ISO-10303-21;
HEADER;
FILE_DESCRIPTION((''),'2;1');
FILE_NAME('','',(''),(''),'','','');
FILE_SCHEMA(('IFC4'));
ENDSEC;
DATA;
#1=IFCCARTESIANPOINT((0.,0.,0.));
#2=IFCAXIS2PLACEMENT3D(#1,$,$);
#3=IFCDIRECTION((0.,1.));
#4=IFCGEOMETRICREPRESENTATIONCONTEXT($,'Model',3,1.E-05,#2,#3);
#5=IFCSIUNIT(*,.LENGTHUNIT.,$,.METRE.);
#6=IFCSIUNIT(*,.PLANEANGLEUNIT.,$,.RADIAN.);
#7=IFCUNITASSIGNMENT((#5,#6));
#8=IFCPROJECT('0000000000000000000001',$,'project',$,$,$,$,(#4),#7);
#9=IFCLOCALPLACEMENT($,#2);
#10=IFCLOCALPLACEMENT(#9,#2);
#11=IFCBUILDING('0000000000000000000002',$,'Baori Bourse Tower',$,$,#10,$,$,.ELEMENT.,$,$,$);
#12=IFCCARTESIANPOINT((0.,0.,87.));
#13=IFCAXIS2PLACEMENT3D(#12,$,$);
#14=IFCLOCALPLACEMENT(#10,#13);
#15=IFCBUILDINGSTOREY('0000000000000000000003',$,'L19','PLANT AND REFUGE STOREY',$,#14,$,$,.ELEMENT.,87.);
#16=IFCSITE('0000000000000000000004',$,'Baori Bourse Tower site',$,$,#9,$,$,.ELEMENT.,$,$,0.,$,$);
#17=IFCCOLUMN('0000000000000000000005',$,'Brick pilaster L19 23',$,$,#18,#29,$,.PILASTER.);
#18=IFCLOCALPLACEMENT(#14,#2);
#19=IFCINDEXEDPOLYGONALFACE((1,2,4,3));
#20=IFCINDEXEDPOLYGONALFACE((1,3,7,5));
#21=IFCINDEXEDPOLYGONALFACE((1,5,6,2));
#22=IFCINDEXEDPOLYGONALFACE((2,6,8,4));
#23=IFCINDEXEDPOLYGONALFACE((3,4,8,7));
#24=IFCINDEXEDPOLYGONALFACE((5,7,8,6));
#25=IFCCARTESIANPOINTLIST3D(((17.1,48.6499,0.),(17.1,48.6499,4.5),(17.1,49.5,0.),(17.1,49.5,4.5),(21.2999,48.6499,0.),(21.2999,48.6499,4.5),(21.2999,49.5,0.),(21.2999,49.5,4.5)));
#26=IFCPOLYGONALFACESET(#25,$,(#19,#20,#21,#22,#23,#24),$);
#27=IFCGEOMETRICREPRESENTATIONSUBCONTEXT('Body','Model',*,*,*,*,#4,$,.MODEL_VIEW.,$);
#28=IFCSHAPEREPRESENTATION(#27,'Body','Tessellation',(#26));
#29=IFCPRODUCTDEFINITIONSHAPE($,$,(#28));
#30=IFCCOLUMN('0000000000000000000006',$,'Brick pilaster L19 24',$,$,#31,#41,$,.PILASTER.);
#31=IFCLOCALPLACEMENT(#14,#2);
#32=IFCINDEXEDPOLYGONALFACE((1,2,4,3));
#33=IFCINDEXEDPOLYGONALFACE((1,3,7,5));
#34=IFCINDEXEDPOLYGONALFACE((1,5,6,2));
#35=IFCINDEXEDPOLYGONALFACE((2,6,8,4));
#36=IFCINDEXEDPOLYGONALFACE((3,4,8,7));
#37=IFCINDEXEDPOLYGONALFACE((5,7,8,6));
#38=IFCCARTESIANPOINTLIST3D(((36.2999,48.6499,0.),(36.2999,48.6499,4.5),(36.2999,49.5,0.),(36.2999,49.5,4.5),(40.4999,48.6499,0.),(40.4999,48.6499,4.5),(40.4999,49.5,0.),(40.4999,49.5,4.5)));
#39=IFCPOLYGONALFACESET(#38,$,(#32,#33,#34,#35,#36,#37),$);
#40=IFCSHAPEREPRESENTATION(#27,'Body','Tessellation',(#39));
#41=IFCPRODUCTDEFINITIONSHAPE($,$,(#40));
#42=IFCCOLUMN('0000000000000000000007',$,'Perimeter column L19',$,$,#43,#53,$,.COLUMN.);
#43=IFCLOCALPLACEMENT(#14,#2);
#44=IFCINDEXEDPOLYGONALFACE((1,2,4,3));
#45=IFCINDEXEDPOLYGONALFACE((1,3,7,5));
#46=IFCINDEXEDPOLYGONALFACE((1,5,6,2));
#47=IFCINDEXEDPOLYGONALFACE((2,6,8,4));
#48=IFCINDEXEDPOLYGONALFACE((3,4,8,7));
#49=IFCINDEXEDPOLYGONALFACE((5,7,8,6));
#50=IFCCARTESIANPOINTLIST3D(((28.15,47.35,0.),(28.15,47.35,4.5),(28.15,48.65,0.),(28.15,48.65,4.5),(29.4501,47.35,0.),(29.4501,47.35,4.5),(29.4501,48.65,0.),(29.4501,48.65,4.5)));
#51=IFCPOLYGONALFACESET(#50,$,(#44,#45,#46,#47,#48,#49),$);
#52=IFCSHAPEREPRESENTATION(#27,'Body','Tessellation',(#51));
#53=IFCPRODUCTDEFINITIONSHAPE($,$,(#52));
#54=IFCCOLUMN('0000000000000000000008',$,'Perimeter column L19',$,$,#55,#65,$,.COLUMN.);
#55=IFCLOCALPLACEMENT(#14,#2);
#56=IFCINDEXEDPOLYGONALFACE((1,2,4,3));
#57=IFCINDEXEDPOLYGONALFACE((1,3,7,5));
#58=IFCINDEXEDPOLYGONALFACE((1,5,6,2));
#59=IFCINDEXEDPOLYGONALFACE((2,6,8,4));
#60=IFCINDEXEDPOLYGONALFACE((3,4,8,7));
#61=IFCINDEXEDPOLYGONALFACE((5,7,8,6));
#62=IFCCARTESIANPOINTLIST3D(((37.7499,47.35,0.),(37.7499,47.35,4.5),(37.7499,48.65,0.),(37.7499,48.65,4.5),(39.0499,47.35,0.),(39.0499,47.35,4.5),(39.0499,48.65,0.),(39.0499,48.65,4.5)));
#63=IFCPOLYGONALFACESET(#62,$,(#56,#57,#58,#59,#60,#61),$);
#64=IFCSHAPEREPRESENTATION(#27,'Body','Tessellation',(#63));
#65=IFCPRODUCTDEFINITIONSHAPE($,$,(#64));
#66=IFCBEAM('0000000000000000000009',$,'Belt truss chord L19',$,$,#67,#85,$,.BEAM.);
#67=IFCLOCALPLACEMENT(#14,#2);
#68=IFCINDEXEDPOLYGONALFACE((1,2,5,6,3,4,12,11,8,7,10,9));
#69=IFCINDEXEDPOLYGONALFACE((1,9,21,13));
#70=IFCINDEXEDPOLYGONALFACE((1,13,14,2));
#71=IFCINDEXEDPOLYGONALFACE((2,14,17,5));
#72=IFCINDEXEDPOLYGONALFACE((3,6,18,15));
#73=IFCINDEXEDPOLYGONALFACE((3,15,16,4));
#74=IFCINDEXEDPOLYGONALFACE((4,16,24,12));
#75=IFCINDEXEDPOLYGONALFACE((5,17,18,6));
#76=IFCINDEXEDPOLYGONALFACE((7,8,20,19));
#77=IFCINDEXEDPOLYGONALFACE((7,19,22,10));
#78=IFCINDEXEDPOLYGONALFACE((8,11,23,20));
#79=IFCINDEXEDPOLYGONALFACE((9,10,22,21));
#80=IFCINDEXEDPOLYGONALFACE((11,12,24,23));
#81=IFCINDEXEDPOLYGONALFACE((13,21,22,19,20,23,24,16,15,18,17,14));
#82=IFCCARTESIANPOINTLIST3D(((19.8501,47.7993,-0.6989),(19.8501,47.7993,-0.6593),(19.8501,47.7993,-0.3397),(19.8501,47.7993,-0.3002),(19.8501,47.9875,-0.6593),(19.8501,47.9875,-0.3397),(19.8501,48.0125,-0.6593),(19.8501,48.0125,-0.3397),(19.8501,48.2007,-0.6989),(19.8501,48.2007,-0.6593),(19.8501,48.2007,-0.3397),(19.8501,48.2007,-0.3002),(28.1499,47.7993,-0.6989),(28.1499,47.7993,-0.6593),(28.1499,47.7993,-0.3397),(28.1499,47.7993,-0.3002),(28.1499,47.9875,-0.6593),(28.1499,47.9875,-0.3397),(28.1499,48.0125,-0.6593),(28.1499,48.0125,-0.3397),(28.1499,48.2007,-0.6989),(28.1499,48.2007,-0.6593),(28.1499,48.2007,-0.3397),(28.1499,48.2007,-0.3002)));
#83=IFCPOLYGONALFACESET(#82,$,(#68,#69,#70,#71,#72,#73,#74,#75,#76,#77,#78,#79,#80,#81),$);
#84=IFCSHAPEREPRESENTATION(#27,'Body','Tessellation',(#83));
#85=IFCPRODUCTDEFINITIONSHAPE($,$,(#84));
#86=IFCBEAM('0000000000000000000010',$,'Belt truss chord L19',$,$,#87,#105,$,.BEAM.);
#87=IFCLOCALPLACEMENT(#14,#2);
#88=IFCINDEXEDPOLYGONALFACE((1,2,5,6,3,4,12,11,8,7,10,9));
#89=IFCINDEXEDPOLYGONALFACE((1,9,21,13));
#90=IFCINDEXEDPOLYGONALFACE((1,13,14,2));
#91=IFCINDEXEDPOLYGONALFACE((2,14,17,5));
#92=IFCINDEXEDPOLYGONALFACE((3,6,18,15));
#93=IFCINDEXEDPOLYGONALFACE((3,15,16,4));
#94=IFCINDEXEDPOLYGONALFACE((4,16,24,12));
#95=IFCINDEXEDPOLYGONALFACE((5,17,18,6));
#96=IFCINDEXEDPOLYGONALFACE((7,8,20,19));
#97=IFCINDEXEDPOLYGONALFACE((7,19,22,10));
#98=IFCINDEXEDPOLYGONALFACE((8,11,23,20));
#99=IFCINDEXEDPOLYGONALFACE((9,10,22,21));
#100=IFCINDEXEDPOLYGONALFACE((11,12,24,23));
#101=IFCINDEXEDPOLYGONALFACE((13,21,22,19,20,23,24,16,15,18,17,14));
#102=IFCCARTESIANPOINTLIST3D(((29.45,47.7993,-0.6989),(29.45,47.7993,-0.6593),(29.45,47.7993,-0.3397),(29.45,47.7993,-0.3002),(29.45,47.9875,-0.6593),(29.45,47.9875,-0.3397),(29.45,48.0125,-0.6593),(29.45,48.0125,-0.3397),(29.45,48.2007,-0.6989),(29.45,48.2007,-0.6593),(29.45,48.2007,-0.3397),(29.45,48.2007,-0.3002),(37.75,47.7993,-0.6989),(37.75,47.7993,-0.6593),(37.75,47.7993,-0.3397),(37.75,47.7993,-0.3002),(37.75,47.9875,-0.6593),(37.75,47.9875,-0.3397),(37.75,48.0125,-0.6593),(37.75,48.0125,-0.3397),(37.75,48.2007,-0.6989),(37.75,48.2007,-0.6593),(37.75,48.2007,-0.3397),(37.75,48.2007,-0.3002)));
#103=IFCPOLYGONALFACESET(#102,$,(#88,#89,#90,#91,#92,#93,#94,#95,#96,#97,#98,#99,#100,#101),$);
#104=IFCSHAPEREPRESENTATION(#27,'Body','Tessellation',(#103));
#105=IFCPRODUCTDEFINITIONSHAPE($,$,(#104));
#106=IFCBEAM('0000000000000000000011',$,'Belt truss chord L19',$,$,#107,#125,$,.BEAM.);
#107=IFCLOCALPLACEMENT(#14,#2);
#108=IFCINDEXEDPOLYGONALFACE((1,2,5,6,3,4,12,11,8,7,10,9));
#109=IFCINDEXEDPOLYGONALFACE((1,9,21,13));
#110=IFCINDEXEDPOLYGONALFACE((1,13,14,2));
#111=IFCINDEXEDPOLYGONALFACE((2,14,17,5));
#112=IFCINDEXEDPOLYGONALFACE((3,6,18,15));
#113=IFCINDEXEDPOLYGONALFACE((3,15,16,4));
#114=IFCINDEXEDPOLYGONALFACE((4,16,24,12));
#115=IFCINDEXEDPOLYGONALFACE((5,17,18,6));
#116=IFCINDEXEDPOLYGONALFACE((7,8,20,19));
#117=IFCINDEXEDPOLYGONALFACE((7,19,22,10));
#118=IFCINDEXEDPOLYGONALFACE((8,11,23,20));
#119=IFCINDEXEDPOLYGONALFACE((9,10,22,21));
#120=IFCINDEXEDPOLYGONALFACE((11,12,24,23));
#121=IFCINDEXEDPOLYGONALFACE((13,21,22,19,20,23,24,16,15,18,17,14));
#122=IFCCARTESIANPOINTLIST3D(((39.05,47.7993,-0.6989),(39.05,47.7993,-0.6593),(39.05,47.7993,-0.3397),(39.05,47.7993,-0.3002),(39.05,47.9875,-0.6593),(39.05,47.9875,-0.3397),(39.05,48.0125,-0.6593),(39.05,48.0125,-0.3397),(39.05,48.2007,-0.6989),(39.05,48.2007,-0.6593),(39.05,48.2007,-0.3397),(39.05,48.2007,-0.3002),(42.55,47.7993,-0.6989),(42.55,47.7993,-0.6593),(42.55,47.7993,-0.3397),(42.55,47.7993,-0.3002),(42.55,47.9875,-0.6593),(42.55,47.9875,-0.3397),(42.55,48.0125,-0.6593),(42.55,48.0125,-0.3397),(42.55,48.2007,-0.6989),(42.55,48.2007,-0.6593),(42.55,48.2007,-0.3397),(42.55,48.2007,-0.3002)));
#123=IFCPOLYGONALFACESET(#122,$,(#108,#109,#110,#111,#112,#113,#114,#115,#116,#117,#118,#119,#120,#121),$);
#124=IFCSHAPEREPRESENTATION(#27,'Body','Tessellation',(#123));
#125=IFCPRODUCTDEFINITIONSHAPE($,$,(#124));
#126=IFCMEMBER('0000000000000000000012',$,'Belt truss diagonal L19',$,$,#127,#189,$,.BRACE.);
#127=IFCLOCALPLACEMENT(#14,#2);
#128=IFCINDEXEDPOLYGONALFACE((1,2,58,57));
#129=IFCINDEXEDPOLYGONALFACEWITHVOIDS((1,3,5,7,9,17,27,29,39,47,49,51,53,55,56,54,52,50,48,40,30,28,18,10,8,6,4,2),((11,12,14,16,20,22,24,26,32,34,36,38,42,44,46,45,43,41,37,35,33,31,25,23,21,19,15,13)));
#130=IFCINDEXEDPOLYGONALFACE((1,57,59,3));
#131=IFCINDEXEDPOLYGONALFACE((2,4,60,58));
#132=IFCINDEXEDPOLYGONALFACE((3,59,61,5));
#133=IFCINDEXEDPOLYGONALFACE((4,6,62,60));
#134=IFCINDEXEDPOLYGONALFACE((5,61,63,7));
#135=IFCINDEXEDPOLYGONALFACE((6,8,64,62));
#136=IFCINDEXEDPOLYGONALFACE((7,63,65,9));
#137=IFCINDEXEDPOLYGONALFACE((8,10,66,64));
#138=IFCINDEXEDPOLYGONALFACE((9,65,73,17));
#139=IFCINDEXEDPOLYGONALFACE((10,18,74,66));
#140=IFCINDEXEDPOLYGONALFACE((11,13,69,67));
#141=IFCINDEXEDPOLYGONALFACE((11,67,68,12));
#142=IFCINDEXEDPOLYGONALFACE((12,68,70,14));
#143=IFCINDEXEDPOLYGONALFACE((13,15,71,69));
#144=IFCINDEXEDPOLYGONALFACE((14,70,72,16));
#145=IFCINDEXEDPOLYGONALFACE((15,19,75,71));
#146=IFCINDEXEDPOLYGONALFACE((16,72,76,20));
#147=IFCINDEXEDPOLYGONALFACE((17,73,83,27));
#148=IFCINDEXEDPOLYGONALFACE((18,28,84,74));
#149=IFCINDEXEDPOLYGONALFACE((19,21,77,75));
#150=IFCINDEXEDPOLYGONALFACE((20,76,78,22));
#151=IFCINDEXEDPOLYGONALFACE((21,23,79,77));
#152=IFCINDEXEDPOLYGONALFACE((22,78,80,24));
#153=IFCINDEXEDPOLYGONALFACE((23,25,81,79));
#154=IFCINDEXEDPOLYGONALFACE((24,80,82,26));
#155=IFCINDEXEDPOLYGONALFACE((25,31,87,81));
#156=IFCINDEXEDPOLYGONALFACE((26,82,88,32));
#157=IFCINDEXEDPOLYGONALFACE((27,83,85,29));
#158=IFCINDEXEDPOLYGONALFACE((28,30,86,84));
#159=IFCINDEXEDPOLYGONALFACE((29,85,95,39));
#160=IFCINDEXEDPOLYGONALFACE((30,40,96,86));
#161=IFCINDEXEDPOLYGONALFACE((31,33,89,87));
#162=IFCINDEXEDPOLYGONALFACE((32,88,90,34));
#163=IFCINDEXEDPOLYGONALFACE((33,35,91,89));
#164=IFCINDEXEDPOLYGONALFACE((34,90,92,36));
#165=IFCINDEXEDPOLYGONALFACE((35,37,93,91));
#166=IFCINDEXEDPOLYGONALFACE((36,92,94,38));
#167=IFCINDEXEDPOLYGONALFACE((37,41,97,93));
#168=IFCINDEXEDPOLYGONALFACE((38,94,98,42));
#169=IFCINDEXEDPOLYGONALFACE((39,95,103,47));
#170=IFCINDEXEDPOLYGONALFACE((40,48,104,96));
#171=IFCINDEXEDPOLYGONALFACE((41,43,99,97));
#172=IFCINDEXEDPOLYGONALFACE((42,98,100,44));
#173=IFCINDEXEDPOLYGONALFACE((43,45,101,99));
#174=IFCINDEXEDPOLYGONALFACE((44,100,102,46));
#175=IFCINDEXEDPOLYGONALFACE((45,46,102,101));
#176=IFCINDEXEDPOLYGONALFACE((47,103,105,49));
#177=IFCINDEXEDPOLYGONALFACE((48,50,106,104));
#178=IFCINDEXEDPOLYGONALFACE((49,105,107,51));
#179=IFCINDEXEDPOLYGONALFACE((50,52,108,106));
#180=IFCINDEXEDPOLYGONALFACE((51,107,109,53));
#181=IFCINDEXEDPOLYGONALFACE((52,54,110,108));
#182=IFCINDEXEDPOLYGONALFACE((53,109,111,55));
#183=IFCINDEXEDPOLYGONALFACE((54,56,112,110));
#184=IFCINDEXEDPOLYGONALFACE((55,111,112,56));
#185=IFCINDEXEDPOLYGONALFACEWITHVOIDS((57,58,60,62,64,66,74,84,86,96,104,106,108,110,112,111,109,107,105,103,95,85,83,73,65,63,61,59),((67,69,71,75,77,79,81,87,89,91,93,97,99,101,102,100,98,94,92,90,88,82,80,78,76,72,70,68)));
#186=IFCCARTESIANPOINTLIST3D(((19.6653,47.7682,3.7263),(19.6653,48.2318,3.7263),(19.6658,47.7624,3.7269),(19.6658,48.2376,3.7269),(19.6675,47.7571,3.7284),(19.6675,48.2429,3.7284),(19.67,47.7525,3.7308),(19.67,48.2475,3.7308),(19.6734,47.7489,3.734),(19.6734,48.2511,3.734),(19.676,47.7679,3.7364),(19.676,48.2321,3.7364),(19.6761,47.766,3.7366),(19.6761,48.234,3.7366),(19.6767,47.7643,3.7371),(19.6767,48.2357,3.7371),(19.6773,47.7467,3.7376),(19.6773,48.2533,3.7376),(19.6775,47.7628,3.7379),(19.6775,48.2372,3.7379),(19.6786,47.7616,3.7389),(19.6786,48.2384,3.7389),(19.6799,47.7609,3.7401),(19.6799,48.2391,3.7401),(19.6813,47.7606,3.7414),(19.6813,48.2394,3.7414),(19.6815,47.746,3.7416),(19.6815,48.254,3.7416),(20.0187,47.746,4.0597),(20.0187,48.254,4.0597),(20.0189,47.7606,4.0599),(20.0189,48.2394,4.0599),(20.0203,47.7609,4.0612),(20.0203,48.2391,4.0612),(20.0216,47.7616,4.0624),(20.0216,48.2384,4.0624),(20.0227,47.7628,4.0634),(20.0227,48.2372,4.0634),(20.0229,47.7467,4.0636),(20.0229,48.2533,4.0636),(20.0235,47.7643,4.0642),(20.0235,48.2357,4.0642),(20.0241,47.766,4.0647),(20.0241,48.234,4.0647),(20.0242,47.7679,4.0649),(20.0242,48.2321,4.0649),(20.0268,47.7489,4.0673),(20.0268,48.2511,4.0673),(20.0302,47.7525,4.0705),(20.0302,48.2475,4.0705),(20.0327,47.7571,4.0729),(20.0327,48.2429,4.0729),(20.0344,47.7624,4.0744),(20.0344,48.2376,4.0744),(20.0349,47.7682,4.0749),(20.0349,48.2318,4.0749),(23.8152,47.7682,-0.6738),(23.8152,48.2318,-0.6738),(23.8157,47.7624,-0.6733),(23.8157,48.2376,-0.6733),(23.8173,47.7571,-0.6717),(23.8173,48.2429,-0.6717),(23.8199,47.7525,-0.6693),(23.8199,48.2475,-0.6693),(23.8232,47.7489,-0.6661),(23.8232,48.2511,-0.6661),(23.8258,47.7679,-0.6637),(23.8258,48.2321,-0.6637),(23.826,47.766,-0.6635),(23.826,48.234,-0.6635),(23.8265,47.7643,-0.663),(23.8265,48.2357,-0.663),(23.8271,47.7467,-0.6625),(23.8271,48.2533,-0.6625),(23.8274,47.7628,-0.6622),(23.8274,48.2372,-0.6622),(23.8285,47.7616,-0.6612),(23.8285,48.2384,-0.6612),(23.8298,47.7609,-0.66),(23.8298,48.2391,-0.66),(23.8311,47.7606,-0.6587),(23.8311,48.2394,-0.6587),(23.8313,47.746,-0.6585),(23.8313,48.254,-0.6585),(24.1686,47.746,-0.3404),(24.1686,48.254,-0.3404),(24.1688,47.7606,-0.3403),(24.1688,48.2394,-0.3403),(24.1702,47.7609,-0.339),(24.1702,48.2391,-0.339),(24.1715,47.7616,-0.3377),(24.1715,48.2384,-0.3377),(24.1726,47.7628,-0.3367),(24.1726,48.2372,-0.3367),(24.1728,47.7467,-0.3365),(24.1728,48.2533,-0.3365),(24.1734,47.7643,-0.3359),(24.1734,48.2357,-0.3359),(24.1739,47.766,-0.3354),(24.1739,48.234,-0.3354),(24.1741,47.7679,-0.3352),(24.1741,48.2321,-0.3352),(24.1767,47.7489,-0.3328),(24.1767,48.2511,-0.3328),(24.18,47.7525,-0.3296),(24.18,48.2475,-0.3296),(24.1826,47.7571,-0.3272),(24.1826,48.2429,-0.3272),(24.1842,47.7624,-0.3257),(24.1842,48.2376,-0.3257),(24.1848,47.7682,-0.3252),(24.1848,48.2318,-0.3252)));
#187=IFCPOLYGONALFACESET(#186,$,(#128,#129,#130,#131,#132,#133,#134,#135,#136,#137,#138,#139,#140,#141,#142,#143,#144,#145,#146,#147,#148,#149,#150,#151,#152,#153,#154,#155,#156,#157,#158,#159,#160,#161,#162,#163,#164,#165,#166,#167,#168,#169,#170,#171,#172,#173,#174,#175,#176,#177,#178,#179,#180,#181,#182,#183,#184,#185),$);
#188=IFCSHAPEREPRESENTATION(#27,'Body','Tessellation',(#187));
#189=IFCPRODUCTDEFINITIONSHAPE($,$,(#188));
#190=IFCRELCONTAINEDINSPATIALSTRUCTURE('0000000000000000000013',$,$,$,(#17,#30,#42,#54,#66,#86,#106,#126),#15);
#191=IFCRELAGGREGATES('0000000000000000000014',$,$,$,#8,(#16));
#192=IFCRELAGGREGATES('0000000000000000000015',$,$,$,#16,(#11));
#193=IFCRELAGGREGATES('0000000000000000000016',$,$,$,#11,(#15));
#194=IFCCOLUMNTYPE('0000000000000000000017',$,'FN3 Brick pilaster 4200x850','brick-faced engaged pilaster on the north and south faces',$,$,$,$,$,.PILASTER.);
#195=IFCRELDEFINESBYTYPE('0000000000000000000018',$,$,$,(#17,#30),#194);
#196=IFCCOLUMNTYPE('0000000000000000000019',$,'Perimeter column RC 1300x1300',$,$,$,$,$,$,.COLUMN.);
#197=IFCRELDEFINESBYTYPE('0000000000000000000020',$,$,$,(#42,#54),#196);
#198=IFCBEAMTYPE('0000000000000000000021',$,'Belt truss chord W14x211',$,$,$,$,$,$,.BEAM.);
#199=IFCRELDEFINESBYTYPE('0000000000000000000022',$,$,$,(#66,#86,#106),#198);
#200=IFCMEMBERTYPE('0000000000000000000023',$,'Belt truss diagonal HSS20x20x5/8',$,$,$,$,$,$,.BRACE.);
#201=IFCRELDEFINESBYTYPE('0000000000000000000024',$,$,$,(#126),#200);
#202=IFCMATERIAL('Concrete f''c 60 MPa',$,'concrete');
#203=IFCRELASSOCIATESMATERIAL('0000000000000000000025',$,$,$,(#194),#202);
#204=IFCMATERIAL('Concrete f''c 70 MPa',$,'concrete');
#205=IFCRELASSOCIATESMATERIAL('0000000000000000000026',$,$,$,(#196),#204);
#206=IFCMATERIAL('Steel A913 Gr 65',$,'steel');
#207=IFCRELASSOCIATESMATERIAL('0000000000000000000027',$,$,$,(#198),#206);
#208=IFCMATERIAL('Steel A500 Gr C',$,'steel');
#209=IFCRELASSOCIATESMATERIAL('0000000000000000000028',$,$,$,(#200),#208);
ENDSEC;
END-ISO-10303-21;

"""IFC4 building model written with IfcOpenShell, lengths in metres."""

from ifc_helpers import new_model, si_unit, direction, frame, origin, origin_2d, place, context, subcontext, project, spatial, rectangle, hollow_rectangle, i_section, extrude, material, material_profile, profile_set, type_object, element, save


model = new_model("IFC4")

# Units and contexts
model_context = context("Model", 3, precision=1e-05, world=origin(), true_north=direction((0.0, 1.0)))
body_context = subcontext(model_context, "Body", "Model", "MODEL_VIEW")
ifc_project = project(units=[si_unit("LENGTHUNIT", "METRE"), si_unit("PLANEANGLEUNIT", "RADIAN")], contexts=[model_context])

# Site, building, storey
site_placement = place(None, origin())
site = spatial("IfcSite", under=ifc_project, at=site_placement, Name="Baori Bourse Tower site", CompositionType="ELEMENT", RefElevation=0.0)
building_placement = place(site_placement, origin())
building = spatial("IfcBuilding", under=site, at=building_placement, Name="Baori Bourse Tower", CompositionType="ELEMENT")
storey_placement = place(building_placement, frame((0.0, 0.0, 87.0)))
storey = spatial("IfcBuildingStorey", under=building, at=storey_placement, Name="L19", Description="PLANT AND REFUGE STOREY", CompositionType="ELEMENT", Elevation=87.0)

# Columns
ifc_material_1 = material(Name="Concrete f'c 60 MPa", Category="concrete")
ifc_material_profile_1 = material_profile(ifc_material_1, rectangle(XDim=4.2, YDim=0.8501, at=origin_2d()), Name="RC 4200x850")
ifc_profile_set_1 = profile_set([ifc_material_profile_1], Name="Concrete f'c 60 MPa")
column_type_1 = type_object("IfcColumnType", Name="FN3 Brick pilaster 4200x850", Description="brick-faced engaged pilaster on the north and south faces", PredefinedType="PILASTER", material=ifc_profile_set_1)
for number, where, z_axis, x_axis, name in (
    (1, (19.2, 49.075, 0.0), (0.0, 0.0, 1.0), (1.0, 0.0, 0.0), "Brick pilaster L19 23"),
    (2, (38.3999, 49.075, 0.0), (0.0, 0.0, 1.0), (1.0, 0.0, 0.0), "Brick pilaster L19 24"),
):
    element("IfcColumn", number, at=place(storey_placement, frame(where, z_axis=z_axis, x_axis=x_axis)), inside=storey, type_object=column_type_1, Name=name, PredefinedType="PILASTER", context=body_context, shape_type="SweptSolid", body=[
        extrude(rectangle(XDim=4.2, YDim=0.8501, at=origin_2d()), origin(), (0.0, 0.0, 1.0), 4.5),
    ])
ifc_material_2 = material(Name="Concrete f'c 70 MPa", Category="concrete")
ifc_material_profile_2 = material_profile(ifc_material_2, rectangle(XDim=1.3, YDim=1.3, at=origin_2d()), Name="RC 1300x1300")
ifc_profile_set_2 = profile_set([ifc_material_profile_2], Name="Concrete f'c 70 MPa")
column_type_2 = type_object("IfcColumnType", Name="Perimeter column RC 1300x1300", PredefinedType="COLUMN", material=ifc_profile_set_2)
for number, where, z_axis, x_axis, name in (
    (3, (28.8, 48.0, 0.0), (0.0, 0.0, 1.0), (1.0, 0.0, 0.0), "Perimeter column L19"),
    (4, (38.3999, 48.0, 0.0), (0.0, 0.0, 1.0), (1.0, 0.0, 0.0), "Perimeter column L19"),
):
    element("IfcColumn", number, at=place(storey_placement, frame(where, z_axis=z_axis, x_axis=x_axis)), inside=storey, type_object=column_type_2, Name=name, PredefinedType="COLUMN", context=body_context, shape_type="SweptSolid", body=[
        extrude(rectangle(XDim=1.3, YDim=1.3, at=origin_2d()), origin(), (0.0, 0.0, 1.0), 4.5),
    ])

# Beams
ifc_material_3 = material(Name="Steel A913 Gr 65", Category="steel")
ifc_material_profile_3 = material_profile(ifc_material_3, i_section(OverallWidth=0.4014, OverallDepth=0.3987, WebThickness=0.0249, FlangeThickness=0.0396, at=origin_2d()), Name="W14x211")
ifc_profile_set_3 = profile_set([ifc_material_profile_3], Name="Steel A913 Gr 65")
beam_type = type_object("IfcBeamType", Name="Belt truss chord W14x211", PredefinedType="BEAM", material=ifc_profile_set_3)
beam_1_placement = place(storey_placement, frame((19.8501, 48.0, -0.4995), z_axis=(1.0, 0.0, 0.0), x_axis=(0.0, 1.0, 0.0)))
element("IfcBeam", 5, at=beam_1_placement, inside=storey, type_object=beam_type, Name="Belt truss chord L19", PredefinedType="BEAM", context=body_context, shape_type="SweptSolid", body=[
    extrude(i_section(OverallWidth=0.4014, OverallDepth=0.3987, WebThickness=0.0249, FlangeThickness=0.0396, at=origin_2d()), origin(), (0.0, 0.0, 1.0), 8.2998),
])
beam_2_placement = place(storey_placement, frame((29.45, 48.0, -0.4995), z_axis=(1.0, 0.0, 0.0), x_axis=(0.0, 1.0, 0.0)))
element("IfcBeam", 6, at=beam_2_placement, inside=storey, type_object=beam_type, Name="Belt truss chord L19", PredefinedType="BEAM", context=body_context, shape_type="SweptSolid", body=[
    extrude(i_section(OverallWidth=0.4014, OverallDepth=0.3987, WebThickness=0.0249, FlangeThickness=0.0396, at=origin_2d()), origin(), (0.0, 0.0, 1.0), 8.3),
])
beam_3_placement = place(storey_placement, frame((39.05, 48.0, -0.4995), z_axis=(1.0, 0.0, 0.0), x_axis=(0.0, 1.0, 0.0)))
element("IfcBeam", 7, at=beam_3_placement, inside=storey, type_object=beam_type, Name="Belt truss chord L19", PredefinedType="BEAM", context=body_context, shape_type="SweptSolid", body=[
    extrude(i_section(OverallWidth=0.4014, OverallDepth=0.3987, WebThickness=0.0249, FlangeThickness=0.0396, at=origin_2d()), origin(), (0.0, 0.0, 1.0), 3.5),
])

# Member
ifc_material_4 = material(Name="Steel A500 Gr C", Category="steel")
ifc_material_profile_4 = material_profile(ifc_material_4, hollow_rectangle(XDim=0.5081, YDim=0.5081, WallThickness=0.0146, InnerFilletRadius=0.0073, OuterFilletRadius=0.0222, at=origin_2d()), Name="HSS20x20x5/8")
ifc_profile_set_4 = profile_set([ifc_material_profile_4], Name="Steel A500 Gr C")
member_type_1 = type_object("IfcMemberType", Name="Belt truss diagonal HSS20x20x5/8", PredefinedType="BRACE", material=ifc_profile_set_4)
for number, where, z_axis, x_axis, name in (
    (8, (19.8501, 48.0, 3.9006), (0.686117, 0.0, -0.727491), (0.0, 1.0, 0.0), "Belt truss diagonal L19"),
):
    element("IfcMember", number, at=place(storey_placement, frame(where, z_axis=z_axis, x_axis=x_axis)), inside=storey, type_object=member_type_1, Name=name, PredefinedType="BRACE", context=body_context, shape_type="SweptSolid", body=[
        extrude(hollow_rectangle(XDim=0.5081, YDim=0.5081, WallThickness=0.0146, InnerFilletRadius=0.0073, OuterFilletRadius=0.0222, at=origin_2d()), origin(), (0.0, 0.0, 1.0), 6.0483),
    ])

save(model, "model.ifc")
